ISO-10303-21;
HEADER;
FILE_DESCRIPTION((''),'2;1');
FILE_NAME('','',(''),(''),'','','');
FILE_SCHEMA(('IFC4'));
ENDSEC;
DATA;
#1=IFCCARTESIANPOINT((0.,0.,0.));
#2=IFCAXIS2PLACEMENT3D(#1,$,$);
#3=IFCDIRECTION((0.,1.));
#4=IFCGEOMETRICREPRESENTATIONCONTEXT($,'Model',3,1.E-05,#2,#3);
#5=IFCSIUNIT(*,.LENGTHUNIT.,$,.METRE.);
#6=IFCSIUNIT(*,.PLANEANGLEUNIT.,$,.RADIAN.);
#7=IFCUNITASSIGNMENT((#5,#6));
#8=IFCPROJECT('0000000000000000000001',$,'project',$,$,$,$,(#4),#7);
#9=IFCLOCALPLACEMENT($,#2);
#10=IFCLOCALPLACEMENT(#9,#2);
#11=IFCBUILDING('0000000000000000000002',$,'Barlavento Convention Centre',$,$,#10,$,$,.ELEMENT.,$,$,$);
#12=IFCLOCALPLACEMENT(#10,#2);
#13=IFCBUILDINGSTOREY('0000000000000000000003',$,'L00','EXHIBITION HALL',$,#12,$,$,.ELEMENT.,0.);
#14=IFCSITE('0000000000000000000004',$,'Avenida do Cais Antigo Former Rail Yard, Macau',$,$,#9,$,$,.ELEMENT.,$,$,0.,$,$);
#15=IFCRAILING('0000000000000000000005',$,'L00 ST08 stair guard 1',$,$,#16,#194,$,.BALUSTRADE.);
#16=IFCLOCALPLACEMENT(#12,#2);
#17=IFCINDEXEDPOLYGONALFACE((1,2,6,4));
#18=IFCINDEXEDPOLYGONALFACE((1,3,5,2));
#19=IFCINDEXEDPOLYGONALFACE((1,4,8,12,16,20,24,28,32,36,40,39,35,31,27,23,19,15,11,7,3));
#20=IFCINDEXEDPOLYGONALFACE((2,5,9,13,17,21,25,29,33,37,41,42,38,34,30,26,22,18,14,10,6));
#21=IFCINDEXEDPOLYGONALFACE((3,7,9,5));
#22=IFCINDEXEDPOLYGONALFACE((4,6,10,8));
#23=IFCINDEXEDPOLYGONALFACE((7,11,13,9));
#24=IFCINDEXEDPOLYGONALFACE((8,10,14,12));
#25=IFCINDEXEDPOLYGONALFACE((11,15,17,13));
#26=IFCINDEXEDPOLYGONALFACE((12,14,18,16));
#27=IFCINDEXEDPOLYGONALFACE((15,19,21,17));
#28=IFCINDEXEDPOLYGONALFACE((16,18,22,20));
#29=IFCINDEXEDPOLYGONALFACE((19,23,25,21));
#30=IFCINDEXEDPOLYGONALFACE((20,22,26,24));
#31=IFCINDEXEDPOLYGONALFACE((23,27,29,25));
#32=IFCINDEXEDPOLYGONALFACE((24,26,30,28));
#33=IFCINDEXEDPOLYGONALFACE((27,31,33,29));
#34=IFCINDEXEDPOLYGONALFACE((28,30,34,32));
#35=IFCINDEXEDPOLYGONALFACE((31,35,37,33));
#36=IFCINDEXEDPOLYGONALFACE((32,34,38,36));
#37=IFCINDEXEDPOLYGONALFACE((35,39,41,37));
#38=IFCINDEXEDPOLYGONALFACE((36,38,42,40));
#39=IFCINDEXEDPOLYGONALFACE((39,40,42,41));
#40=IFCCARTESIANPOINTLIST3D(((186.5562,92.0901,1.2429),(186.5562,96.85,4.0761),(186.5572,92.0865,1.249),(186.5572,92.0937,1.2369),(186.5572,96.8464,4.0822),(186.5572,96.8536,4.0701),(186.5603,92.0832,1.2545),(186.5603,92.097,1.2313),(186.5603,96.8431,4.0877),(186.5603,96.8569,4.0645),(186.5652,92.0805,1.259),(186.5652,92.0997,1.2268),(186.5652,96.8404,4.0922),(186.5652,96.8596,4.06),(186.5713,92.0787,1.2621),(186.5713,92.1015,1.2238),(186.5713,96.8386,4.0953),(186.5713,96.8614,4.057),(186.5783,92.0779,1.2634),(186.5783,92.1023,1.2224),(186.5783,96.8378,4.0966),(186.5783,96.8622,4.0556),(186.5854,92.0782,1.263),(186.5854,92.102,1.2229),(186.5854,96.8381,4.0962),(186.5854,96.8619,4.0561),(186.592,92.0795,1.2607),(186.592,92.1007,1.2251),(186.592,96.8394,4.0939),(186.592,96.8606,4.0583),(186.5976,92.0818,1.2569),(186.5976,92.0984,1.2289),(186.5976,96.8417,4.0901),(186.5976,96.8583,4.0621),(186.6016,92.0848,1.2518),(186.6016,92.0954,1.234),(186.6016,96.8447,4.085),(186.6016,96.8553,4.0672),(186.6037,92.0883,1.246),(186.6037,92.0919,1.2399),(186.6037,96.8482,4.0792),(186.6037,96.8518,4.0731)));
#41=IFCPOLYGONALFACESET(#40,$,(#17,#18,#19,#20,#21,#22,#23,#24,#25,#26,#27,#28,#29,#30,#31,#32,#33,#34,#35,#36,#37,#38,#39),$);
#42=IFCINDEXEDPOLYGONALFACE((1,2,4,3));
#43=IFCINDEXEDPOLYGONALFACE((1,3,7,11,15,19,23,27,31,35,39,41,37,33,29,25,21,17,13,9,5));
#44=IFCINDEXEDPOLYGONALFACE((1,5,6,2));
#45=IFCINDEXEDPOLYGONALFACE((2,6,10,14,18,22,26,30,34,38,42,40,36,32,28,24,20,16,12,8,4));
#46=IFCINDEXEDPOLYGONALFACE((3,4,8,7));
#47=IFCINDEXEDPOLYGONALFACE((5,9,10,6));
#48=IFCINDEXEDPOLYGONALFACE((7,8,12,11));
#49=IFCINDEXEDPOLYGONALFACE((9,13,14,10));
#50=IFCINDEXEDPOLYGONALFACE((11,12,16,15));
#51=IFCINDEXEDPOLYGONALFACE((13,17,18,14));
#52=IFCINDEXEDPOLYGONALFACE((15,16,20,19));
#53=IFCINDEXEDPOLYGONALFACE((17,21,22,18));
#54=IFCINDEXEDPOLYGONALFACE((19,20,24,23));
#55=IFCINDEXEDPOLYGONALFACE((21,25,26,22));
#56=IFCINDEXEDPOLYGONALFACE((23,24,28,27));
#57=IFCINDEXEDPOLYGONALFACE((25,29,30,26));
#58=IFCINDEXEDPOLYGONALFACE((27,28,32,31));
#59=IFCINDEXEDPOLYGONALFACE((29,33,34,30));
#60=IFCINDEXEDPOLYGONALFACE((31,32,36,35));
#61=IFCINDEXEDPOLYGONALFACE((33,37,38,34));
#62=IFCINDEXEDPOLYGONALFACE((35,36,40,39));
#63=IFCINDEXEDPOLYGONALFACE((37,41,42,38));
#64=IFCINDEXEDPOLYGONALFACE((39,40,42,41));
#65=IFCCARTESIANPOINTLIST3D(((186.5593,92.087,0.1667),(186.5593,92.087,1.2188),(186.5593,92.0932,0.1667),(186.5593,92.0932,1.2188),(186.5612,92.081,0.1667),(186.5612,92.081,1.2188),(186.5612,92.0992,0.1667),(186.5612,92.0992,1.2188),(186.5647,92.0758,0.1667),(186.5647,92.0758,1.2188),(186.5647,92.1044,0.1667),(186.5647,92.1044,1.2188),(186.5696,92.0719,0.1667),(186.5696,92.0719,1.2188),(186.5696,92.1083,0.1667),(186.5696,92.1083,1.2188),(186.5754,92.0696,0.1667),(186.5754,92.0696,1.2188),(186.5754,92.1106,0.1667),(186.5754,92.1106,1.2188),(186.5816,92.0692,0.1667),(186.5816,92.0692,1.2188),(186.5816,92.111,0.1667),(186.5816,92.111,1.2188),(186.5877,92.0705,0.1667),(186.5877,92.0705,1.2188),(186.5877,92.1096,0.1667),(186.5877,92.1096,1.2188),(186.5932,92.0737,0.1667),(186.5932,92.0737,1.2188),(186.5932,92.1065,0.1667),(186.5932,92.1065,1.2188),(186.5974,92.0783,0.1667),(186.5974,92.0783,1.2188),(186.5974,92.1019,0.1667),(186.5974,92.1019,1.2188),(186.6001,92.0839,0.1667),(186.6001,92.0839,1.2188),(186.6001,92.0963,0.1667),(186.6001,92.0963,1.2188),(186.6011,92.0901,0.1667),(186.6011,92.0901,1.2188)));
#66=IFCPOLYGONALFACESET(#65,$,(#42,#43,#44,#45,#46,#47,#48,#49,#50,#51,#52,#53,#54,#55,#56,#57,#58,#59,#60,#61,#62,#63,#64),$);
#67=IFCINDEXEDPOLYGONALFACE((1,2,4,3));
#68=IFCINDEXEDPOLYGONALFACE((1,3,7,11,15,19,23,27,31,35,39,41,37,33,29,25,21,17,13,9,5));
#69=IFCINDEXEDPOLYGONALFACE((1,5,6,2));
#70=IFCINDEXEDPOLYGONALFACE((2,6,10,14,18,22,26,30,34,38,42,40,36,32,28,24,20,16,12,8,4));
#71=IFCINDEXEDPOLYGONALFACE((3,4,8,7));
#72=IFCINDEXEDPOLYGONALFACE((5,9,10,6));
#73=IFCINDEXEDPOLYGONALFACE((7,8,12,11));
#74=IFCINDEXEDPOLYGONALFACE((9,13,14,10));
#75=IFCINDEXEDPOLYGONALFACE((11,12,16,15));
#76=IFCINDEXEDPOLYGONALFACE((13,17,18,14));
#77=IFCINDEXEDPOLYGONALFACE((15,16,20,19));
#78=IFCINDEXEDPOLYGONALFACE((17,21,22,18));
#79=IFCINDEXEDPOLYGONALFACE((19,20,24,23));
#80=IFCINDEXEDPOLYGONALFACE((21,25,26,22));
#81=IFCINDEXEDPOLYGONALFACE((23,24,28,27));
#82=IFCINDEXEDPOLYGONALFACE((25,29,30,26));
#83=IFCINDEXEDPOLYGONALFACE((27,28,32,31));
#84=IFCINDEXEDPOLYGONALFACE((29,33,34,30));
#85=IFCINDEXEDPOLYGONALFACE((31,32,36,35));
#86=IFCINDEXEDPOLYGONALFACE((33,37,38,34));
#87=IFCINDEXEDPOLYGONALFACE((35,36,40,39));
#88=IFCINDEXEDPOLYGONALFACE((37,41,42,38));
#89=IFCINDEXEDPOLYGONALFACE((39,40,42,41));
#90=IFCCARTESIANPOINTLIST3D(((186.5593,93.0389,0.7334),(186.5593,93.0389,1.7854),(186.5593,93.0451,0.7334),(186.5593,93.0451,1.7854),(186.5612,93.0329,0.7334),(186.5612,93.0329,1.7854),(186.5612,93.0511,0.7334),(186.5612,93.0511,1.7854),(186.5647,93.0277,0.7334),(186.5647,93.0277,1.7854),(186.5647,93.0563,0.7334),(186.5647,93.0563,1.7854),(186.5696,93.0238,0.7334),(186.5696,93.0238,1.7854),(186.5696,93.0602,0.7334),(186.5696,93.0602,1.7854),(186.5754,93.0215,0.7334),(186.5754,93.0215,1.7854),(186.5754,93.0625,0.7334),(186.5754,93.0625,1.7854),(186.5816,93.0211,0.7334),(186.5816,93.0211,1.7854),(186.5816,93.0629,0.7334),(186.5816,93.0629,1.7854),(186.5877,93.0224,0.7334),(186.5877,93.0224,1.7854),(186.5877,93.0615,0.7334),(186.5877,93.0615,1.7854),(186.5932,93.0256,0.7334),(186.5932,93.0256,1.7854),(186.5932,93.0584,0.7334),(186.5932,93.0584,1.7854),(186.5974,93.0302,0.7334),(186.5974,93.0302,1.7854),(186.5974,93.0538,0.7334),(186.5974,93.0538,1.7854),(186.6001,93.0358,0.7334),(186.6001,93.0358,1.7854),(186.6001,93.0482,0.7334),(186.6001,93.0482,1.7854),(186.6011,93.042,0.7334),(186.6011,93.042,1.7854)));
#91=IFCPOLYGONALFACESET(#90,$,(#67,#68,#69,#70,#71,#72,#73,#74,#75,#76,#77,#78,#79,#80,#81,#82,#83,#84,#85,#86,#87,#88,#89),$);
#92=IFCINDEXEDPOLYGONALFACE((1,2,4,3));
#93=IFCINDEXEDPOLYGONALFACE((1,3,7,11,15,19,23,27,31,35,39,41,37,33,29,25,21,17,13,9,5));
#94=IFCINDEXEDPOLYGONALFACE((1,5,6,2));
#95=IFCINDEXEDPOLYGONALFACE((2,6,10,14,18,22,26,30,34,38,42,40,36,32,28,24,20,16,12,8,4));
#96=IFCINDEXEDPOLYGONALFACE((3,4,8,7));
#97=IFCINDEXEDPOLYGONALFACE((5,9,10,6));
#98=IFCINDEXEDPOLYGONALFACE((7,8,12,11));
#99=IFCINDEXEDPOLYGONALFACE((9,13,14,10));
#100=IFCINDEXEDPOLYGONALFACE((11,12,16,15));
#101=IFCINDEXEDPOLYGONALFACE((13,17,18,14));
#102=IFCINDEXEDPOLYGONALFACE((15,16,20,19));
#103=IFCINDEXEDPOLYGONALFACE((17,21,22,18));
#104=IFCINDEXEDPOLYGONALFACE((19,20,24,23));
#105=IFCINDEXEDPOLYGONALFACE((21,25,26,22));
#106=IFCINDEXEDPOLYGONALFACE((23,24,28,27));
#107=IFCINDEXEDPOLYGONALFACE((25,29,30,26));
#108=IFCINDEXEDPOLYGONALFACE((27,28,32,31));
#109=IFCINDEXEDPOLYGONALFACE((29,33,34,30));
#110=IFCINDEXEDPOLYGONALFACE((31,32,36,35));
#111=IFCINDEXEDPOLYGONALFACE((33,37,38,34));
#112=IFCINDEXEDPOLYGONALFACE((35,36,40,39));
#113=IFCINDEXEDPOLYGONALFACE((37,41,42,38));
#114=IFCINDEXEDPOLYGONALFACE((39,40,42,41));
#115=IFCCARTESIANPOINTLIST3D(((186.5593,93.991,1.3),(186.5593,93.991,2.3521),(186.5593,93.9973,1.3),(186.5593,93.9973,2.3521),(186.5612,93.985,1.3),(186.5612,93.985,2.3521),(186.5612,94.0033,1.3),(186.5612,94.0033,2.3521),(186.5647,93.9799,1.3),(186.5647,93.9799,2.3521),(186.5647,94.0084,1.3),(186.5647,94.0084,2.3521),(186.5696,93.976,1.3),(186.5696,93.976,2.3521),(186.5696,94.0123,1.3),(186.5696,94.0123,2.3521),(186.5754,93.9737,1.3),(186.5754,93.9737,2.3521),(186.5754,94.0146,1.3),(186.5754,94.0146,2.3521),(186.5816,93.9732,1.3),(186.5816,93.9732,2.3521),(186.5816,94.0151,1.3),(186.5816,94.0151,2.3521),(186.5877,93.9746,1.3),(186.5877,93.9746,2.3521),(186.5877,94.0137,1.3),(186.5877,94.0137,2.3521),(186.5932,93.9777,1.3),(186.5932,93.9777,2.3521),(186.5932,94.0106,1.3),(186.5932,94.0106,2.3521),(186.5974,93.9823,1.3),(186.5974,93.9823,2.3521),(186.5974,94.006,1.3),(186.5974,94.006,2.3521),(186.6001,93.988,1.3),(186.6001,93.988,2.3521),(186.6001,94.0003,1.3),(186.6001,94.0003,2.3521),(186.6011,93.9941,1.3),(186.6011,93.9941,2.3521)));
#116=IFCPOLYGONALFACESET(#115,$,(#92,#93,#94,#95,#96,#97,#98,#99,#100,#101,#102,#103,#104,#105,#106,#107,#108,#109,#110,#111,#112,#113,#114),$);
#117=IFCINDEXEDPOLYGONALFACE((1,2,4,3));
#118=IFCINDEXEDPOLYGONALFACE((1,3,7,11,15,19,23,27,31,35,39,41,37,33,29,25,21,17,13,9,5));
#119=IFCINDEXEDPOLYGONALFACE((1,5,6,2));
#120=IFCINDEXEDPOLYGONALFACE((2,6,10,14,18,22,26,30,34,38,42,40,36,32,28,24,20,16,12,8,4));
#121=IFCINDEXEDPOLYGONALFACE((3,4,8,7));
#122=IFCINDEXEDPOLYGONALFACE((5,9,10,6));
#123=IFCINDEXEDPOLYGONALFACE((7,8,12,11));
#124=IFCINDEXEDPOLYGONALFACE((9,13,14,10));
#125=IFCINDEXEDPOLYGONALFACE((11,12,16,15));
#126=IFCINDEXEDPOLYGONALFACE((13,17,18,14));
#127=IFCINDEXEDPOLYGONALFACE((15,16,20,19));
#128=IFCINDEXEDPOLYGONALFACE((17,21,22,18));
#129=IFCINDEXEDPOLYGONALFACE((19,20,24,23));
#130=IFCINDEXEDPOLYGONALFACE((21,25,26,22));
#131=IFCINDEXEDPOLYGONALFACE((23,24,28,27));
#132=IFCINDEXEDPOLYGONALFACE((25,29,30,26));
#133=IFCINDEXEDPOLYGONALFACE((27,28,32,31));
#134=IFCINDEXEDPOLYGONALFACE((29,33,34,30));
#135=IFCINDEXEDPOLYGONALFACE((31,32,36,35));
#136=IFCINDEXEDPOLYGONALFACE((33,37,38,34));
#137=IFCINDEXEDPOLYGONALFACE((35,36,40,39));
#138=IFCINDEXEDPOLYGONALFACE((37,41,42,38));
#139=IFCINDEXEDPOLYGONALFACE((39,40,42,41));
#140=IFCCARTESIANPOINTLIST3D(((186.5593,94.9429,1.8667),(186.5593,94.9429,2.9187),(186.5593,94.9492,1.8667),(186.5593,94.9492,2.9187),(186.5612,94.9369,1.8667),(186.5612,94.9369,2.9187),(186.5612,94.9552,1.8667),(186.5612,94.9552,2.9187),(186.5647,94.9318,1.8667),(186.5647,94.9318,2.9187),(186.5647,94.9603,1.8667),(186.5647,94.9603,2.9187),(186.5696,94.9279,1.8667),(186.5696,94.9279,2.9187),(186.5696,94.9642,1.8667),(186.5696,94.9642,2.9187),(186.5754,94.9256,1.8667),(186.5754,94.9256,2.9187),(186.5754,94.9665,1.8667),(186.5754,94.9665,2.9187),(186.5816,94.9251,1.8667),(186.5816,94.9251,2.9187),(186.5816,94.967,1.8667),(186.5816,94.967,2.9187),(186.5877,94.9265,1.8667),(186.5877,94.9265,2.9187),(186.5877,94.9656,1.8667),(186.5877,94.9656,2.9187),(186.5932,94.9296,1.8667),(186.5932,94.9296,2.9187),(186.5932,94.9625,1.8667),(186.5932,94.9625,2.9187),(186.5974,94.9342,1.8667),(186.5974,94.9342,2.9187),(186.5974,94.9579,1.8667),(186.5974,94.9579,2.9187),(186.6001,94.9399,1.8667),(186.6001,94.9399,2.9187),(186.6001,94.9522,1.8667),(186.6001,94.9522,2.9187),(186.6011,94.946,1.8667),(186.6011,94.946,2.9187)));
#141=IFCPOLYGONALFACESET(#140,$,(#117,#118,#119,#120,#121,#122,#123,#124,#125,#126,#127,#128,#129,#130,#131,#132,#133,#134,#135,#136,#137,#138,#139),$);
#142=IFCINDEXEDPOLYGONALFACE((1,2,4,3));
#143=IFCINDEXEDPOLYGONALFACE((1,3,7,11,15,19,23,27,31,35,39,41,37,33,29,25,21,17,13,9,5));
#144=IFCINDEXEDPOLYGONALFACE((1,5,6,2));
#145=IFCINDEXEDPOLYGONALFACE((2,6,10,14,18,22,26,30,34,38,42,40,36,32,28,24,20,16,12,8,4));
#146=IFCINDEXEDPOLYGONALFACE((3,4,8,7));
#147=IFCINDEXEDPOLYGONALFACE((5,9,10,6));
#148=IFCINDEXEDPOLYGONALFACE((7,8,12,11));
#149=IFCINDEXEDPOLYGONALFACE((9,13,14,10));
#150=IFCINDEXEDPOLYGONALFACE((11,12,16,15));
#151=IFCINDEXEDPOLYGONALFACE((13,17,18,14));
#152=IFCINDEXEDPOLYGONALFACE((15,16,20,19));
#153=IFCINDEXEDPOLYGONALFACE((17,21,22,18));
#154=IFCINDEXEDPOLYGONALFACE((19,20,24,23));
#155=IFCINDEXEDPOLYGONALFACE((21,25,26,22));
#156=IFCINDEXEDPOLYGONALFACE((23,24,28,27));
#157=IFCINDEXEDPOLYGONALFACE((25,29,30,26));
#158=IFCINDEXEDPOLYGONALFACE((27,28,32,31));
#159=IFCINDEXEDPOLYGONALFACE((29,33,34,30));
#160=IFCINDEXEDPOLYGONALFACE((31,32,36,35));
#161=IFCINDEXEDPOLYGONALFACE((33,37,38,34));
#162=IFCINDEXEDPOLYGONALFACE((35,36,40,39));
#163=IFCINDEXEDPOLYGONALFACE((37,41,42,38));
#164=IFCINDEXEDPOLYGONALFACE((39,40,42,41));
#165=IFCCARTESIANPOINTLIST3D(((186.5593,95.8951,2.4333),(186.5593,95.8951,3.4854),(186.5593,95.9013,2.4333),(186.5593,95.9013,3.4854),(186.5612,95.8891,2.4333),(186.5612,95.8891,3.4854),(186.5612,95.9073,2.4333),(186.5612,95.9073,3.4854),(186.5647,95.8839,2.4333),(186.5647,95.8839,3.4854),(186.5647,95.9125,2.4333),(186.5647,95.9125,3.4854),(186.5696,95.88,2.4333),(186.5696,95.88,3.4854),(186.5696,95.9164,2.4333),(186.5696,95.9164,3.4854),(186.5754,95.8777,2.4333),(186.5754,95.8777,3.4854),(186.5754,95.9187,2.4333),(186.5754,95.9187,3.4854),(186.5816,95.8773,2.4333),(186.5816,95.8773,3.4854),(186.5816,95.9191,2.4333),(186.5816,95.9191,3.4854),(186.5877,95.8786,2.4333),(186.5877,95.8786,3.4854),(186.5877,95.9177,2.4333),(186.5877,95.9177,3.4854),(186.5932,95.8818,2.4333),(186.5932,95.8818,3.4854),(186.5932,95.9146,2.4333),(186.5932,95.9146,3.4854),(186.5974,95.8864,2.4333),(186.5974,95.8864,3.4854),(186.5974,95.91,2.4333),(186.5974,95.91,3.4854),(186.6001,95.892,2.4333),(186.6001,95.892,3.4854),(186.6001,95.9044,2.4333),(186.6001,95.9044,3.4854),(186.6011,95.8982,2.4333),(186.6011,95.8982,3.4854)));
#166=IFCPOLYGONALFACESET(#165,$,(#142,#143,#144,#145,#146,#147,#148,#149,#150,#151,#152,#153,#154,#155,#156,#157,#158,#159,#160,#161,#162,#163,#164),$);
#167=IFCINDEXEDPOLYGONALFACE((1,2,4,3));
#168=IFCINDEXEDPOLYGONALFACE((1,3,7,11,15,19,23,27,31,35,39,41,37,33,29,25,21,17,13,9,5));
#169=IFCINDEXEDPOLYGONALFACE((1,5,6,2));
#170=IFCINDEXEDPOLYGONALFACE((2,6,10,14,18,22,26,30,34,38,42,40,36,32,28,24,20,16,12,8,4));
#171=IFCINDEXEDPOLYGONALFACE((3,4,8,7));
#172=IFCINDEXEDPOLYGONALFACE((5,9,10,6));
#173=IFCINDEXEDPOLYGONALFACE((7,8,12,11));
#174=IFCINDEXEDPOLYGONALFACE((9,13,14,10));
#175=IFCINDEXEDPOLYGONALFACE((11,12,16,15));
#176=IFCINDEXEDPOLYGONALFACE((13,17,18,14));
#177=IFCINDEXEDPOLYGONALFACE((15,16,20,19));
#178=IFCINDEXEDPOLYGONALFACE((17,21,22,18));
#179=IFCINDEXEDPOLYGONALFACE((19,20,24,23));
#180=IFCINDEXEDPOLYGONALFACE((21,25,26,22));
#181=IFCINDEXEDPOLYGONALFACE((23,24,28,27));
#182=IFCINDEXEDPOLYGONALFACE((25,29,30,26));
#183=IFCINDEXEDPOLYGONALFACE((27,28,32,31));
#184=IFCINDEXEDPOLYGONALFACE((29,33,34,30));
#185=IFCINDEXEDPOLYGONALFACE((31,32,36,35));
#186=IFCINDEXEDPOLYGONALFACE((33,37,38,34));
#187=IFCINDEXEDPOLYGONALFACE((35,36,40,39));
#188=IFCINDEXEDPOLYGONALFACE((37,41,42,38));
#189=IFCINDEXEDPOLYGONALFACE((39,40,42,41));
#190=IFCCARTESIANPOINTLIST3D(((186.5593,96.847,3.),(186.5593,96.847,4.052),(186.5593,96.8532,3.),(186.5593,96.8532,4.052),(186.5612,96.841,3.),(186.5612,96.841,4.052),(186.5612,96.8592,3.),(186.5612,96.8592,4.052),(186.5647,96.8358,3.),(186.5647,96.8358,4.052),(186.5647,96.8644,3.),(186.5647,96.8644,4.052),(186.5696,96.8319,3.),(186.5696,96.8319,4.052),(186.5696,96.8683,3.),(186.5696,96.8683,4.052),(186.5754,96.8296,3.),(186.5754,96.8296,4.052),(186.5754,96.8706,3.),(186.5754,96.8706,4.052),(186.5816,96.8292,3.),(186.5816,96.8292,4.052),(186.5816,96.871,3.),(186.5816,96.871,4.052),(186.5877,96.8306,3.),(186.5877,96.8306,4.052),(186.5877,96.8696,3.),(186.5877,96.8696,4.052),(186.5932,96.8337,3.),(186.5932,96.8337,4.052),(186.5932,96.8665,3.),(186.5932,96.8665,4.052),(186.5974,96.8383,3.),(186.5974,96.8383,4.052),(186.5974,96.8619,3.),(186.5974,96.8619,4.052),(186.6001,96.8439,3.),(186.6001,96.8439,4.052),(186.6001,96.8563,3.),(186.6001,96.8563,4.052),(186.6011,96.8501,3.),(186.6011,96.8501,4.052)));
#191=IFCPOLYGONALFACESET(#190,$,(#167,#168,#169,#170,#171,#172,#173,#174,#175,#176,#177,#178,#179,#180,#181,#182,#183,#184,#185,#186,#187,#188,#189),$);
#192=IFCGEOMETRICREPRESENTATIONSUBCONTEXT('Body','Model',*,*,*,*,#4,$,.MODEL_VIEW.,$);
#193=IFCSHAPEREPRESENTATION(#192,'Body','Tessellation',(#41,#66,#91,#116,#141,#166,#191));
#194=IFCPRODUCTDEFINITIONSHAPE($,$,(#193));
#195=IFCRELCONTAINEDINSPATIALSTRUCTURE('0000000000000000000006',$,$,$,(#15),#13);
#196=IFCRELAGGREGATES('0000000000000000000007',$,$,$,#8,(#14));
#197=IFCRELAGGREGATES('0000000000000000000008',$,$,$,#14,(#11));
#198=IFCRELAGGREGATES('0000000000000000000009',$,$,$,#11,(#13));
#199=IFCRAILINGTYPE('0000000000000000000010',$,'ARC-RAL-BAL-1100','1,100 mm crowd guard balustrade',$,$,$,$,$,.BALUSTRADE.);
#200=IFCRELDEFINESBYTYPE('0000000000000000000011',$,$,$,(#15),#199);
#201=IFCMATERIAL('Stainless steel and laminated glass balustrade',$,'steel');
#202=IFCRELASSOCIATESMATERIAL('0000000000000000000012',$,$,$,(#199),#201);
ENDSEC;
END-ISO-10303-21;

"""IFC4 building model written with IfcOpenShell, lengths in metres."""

from ifc_helpers import new_model, si_unit, direction, frame, origin, origin_2d, place, context, subcontext, project, spatial, circle, extrude, material, type_object, element, save


model = new_model("IFC4")

# Units and contexts
model_context = context("Model", 3, precision=1e-05, world=origin(), true_north=direction((0.0, 1.0)))
body_context = subcontext(model_context, "Body", "Model", "MODEL_VIEW")
ifc_project = project(units=[si_unit("LENGTHUNIT", "METRE"), si_unit("PLANEANGLEUNIT", "RADIAN")], contexts=[model_context])

# Site, building, storey
site_placement = place(None, origin())
site = spatial("IfcSite", under=ifc_project, at=site_placement, Name="Avenida do Cais Antigo Former Rail Yard, Macau", CompositionType="ELEMENT", RefElevation=0.0)
building_placement = place(site_placement, origin())
building = spatial("IfcBuilding", under=site, at=building_placement, Name="Barlavento Convention Centre", CompositionType="ELEMENT")
storey_placement = place(building_placement, origin())
storey = spatial("IfcBuildingStorey", under=building, at=storey_placement, Name="L00", Description="EXHIBITION HALL", CompositionType="ELEMENT", Elevation=0.0)

# Railing
ifc_material_1 = material(Name="Stainless steel and laminated glass balustrade", Category="steel")
railing_type_1 = type_object("IfcRailingType", Name="ARC-RAL-BAL-1100", Description="1,100 mm crowd guard balustrade", PredefinedType="BALUSTRADE", material=ifc_material_1)
railing_1_placement = place(storey_placement, frame((186.5801, 92.0901, 0.1667)))
element("IfcRailing", 1, at=railing_1_placement, inside=storey, type_object=railing_type_1, Name="L00 ST08 stair guard 1", PredefinedType="BALUSTRADE", context=body_context, shape_type="SweptSolid", body=[
    extrude(circle(Radius=0.0239, at=origin_2d()), frame((0.0, 0.0, 1.0762), z_axis=(0.0, 0.8593, 0.511472), x_axis=(-1.0, 0.0, 0.0)), (0.0, 0.0, 1.0), 5.5393),
    extrude(circle(Radius=0.021, at=origin_2d()), origin(), (0.0, 0.0, 1.0), 1.052),
    extrude(circle(Radius=0.021, at=origin_2d()), frame((0.0, 0.9519, 0.5667)), (0.0, 0.0, 1.0), 1.052),
    extrude(circle(Radius=0.021, at=origin_2d()), frame((0.0, 1.9041, 1.1333)), (0.0, 0.0, 1.0), 1.052),
    extrude(circle(Radius=0.021, at=origin_2d()), frame((0.0, 2.856, 1.7)), (0.0, 0.0, 1.0), 1.052),
    extrude(circle(Radius=0.021, at=origin_2d()), frame((0.0, 3.8081, 2.2666)), (0.0, 0.0, 1.0), 1.052),
    extrude(circle(Radius=0.021, at=origin_2d()), frame((0.0, 4.76, 2.8333)), (0.0, 0.0, 1.0), 1.052),
])

save(model, "model.ifc")
